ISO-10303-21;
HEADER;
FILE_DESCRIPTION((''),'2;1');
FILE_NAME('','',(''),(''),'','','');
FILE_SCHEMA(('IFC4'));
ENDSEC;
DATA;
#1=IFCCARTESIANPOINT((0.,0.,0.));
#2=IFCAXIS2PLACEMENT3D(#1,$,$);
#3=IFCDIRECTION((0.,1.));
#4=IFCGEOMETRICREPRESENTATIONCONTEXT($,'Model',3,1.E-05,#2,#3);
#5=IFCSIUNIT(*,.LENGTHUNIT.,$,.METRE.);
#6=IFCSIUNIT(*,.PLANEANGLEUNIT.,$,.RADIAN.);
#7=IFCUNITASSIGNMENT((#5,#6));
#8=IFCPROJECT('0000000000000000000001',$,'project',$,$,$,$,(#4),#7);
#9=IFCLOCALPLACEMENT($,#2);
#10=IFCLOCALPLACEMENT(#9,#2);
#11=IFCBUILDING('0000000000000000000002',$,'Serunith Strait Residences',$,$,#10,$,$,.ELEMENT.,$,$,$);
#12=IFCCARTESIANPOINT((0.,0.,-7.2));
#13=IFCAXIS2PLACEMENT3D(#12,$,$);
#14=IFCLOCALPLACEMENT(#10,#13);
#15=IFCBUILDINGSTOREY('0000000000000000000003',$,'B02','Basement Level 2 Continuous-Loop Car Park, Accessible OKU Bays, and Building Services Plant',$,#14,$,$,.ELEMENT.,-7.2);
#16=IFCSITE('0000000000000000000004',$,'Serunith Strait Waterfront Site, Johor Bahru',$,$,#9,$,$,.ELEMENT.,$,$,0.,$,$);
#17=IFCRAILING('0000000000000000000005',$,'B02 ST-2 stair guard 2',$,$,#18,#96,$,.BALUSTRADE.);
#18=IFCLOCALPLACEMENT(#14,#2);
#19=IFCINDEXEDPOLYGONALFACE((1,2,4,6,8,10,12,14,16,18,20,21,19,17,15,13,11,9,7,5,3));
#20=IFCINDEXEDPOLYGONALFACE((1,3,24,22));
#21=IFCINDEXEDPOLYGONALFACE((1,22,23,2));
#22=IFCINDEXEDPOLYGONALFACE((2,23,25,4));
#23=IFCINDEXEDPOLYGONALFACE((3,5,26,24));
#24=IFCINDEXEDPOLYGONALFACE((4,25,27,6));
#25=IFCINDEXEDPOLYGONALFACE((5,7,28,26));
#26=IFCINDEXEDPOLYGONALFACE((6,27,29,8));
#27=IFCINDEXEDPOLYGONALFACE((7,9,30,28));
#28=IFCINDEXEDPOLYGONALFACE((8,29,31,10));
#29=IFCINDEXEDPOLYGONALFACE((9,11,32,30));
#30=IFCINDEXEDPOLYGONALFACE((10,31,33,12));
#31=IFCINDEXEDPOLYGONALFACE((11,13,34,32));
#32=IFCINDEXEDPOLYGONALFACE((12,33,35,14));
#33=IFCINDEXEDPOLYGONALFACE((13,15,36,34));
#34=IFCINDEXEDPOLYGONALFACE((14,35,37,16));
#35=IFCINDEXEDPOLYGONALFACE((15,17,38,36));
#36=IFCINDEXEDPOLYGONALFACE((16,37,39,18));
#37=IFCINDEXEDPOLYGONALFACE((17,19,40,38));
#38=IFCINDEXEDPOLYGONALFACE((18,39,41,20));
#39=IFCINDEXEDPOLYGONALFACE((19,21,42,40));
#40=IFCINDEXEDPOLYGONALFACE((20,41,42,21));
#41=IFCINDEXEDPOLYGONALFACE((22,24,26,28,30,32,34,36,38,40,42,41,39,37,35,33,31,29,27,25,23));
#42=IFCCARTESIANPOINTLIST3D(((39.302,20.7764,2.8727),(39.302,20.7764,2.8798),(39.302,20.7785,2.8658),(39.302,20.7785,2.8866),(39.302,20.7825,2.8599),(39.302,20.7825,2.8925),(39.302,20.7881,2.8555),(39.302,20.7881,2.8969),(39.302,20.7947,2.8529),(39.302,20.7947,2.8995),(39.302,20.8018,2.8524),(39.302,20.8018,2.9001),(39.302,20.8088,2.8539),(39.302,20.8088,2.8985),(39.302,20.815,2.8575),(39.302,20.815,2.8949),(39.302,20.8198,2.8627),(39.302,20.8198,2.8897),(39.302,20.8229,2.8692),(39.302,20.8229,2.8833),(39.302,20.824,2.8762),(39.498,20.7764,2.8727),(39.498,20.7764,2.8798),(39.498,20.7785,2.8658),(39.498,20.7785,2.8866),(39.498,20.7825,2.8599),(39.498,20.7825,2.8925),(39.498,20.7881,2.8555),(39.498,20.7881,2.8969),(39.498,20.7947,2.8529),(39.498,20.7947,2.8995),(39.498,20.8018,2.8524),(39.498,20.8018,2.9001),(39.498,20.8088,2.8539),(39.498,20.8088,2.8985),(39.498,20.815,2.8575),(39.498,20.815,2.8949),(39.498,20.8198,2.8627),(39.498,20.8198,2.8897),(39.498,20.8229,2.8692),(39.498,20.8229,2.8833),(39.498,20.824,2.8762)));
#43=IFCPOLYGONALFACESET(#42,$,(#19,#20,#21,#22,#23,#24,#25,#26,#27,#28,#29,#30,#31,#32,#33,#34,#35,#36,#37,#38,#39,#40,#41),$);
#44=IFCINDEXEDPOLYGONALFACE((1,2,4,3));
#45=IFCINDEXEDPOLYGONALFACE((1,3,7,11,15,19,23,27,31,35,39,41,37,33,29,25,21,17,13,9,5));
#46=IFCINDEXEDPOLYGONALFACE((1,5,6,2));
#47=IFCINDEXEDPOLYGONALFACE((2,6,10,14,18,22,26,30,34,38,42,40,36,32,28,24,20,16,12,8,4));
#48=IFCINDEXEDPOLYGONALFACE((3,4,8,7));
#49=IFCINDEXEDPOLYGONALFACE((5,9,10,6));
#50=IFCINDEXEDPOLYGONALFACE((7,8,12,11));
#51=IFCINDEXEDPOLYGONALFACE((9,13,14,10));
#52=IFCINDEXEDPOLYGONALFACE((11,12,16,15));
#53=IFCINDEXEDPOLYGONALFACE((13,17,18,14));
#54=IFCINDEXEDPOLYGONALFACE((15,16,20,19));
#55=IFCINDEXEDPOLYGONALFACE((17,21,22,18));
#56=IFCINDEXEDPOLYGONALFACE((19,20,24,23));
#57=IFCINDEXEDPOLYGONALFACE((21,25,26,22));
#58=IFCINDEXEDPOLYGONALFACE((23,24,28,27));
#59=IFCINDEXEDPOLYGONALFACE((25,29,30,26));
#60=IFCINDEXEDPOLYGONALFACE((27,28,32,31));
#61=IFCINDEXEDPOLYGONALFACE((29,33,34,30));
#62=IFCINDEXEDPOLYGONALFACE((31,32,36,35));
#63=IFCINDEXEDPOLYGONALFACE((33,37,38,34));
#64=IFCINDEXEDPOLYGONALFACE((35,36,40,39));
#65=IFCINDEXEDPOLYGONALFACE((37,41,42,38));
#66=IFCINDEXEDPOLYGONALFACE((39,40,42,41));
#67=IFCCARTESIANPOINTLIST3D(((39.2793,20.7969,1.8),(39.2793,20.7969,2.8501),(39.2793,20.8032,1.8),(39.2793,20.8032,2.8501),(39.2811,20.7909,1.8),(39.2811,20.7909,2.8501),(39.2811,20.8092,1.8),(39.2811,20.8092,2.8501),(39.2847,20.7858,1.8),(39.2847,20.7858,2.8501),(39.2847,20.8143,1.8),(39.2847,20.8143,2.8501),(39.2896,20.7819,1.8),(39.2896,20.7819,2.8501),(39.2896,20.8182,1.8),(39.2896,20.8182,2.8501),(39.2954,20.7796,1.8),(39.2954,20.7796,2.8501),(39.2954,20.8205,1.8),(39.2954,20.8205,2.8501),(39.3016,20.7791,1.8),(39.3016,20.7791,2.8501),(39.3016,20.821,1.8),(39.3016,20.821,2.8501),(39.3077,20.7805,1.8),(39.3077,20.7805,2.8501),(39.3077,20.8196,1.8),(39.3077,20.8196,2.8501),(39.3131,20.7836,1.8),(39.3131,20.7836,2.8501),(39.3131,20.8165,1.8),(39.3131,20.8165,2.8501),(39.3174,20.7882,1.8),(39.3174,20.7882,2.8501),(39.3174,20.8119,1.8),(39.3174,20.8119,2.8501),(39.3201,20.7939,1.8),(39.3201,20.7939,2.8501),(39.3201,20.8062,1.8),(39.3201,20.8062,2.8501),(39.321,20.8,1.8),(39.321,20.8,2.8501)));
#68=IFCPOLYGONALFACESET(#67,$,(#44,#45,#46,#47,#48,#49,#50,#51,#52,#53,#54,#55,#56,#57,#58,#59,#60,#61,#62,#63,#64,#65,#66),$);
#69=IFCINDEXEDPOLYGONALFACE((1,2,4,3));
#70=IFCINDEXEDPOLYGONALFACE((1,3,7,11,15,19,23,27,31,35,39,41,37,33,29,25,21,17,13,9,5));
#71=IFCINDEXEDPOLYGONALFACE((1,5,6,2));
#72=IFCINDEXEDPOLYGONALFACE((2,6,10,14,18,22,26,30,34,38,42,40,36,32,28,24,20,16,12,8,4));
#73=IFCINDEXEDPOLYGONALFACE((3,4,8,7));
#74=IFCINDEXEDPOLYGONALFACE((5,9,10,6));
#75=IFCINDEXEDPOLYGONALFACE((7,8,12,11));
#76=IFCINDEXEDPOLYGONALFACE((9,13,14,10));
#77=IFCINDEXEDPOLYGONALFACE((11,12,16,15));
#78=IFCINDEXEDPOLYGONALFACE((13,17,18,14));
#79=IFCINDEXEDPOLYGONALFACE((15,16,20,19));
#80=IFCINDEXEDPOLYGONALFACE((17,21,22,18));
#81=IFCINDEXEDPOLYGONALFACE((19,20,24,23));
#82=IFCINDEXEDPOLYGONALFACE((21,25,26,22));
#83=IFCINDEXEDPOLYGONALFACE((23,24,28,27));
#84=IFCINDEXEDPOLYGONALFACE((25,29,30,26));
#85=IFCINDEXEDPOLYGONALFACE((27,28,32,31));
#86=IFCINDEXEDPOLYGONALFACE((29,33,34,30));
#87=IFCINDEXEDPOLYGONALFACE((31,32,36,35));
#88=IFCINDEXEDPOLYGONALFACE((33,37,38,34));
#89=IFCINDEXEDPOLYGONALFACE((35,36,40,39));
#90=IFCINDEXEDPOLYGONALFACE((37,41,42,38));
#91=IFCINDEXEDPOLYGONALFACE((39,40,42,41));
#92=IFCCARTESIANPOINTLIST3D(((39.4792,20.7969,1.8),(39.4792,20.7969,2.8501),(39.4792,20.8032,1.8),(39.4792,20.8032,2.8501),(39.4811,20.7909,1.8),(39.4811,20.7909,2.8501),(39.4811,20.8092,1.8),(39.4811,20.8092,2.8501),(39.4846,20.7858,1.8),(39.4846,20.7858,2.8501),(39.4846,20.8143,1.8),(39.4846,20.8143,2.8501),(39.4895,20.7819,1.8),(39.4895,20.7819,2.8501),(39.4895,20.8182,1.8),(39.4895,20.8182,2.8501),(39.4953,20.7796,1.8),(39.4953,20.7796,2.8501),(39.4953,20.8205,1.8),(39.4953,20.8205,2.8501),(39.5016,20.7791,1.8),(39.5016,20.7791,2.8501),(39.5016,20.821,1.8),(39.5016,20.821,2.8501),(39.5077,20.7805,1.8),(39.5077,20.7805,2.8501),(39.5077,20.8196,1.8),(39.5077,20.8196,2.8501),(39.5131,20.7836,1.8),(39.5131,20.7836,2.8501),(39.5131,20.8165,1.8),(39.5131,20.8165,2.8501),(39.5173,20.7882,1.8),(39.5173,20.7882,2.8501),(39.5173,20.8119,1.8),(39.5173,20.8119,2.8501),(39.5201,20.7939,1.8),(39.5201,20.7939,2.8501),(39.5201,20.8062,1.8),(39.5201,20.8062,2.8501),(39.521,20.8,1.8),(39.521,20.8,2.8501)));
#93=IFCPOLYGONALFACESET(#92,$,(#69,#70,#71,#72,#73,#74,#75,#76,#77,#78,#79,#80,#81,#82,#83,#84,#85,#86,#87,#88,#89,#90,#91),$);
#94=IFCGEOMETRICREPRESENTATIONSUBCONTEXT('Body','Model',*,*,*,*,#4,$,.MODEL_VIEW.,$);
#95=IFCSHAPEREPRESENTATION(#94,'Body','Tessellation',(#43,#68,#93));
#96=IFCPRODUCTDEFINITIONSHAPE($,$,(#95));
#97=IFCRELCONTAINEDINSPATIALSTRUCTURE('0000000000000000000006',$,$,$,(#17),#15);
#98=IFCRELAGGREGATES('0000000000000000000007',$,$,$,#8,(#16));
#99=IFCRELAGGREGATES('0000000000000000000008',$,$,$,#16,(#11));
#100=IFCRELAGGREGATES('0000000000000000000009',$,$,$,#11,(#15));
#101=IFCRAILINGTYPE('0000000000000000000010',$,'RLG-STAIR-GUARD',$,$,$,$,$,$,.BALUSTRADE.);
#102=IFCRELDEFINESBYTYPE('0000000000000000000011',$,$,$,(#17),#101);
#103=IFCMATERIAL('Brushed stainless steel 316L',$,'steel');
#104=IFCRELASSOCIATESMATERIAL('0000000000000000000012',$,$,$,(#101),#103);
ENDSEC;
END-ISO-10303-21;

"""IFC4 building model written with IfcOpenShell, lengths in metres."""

from ifc_helpers import new_model, si_unit, direction, frame, origin, origin_2d, place, context, subcontext, project, spatial, circle, extrude, material, type_object, element, save


model = new_model("IFC4")

# Units and contexts
model_context = context("Model", 3, precision=1e-05, world=origin(), true_north=direction((0.0, 1.0)))
body_context = subcontext(model_context, "Body", "Model", "MODEL_VIEW")
ifc_project = project(units=[si_unit("LENGTHUNIT", "METRE"), si_unit("PLANEANGLEUNIT", "RADIAN")], contexts=[model_context])

# Site, building, storey
site_placement = place(None, origin())
site = spatial("IfcSite", under=ifc_project, at=site_placement, Name="Serunith Strait Waterfront Site, Johor Bahru", CompositionType="ELEMENT", RefElevation=0.0)
building_placement = place(site_placement, origin())
building = spatial("IfcBuilding", under=site, at=building_placement, Name="Serunith Strait Residences", CompositionType="ELEMENT")
storey_placement = place(building_placement, frame((0.0, 0.0, -7.2)))
storey = spatial("IfcBuildingStorey", under=building, at=storey_placement, Name="B02", Description="Basement Level 2 Continuous-Loop Car Park, Accessible OKU Bays, and Building Services Plant", CompositionType="ELEMENT", Elevation=-7.2)

# Railing
ifc_material_1 = material(Name="Brushed stainless steel 316L", Category="steel")
railing_type_1 = type_object("IfcRailingType", Name="RLG-STAIR-GUARD", PredefinedType="BALUSTRADE", material=ifc_material_1)
railing_1_placement = place(storey_placement, frame((39.3, 20.8, 1.8)))
element("IfcRailing", 1, at=railing_1_placement, inside=storey, type_object=railing_type_1, Name="B02 ST-2 stair guard 2", PredefinedType="BALUSTRADE", context=body_context, shape_type="SweptSolid", body=[
    extrude(circle(Radius=0.0239, at=origin_2d()), frame((0.002, 0.0, 1.0762), z_axis=(1.0, 0.0, 0.0), x_axis=(0.0, 1.0, 0.0)), (0.0, 0.0, 1.0), 0.196),
    extrude(circle(Radius=0.021, at=origin_2d()), origin(), (0.0, 0.0, 1.0), 1.05),
    extrude(circle(Radius=0.021, at=origin_2d()), frame((0.2, 0.0, 0.0)), (0.0, 0.0, 1.0), 1.05),
])

save(model, "model.ifc")
